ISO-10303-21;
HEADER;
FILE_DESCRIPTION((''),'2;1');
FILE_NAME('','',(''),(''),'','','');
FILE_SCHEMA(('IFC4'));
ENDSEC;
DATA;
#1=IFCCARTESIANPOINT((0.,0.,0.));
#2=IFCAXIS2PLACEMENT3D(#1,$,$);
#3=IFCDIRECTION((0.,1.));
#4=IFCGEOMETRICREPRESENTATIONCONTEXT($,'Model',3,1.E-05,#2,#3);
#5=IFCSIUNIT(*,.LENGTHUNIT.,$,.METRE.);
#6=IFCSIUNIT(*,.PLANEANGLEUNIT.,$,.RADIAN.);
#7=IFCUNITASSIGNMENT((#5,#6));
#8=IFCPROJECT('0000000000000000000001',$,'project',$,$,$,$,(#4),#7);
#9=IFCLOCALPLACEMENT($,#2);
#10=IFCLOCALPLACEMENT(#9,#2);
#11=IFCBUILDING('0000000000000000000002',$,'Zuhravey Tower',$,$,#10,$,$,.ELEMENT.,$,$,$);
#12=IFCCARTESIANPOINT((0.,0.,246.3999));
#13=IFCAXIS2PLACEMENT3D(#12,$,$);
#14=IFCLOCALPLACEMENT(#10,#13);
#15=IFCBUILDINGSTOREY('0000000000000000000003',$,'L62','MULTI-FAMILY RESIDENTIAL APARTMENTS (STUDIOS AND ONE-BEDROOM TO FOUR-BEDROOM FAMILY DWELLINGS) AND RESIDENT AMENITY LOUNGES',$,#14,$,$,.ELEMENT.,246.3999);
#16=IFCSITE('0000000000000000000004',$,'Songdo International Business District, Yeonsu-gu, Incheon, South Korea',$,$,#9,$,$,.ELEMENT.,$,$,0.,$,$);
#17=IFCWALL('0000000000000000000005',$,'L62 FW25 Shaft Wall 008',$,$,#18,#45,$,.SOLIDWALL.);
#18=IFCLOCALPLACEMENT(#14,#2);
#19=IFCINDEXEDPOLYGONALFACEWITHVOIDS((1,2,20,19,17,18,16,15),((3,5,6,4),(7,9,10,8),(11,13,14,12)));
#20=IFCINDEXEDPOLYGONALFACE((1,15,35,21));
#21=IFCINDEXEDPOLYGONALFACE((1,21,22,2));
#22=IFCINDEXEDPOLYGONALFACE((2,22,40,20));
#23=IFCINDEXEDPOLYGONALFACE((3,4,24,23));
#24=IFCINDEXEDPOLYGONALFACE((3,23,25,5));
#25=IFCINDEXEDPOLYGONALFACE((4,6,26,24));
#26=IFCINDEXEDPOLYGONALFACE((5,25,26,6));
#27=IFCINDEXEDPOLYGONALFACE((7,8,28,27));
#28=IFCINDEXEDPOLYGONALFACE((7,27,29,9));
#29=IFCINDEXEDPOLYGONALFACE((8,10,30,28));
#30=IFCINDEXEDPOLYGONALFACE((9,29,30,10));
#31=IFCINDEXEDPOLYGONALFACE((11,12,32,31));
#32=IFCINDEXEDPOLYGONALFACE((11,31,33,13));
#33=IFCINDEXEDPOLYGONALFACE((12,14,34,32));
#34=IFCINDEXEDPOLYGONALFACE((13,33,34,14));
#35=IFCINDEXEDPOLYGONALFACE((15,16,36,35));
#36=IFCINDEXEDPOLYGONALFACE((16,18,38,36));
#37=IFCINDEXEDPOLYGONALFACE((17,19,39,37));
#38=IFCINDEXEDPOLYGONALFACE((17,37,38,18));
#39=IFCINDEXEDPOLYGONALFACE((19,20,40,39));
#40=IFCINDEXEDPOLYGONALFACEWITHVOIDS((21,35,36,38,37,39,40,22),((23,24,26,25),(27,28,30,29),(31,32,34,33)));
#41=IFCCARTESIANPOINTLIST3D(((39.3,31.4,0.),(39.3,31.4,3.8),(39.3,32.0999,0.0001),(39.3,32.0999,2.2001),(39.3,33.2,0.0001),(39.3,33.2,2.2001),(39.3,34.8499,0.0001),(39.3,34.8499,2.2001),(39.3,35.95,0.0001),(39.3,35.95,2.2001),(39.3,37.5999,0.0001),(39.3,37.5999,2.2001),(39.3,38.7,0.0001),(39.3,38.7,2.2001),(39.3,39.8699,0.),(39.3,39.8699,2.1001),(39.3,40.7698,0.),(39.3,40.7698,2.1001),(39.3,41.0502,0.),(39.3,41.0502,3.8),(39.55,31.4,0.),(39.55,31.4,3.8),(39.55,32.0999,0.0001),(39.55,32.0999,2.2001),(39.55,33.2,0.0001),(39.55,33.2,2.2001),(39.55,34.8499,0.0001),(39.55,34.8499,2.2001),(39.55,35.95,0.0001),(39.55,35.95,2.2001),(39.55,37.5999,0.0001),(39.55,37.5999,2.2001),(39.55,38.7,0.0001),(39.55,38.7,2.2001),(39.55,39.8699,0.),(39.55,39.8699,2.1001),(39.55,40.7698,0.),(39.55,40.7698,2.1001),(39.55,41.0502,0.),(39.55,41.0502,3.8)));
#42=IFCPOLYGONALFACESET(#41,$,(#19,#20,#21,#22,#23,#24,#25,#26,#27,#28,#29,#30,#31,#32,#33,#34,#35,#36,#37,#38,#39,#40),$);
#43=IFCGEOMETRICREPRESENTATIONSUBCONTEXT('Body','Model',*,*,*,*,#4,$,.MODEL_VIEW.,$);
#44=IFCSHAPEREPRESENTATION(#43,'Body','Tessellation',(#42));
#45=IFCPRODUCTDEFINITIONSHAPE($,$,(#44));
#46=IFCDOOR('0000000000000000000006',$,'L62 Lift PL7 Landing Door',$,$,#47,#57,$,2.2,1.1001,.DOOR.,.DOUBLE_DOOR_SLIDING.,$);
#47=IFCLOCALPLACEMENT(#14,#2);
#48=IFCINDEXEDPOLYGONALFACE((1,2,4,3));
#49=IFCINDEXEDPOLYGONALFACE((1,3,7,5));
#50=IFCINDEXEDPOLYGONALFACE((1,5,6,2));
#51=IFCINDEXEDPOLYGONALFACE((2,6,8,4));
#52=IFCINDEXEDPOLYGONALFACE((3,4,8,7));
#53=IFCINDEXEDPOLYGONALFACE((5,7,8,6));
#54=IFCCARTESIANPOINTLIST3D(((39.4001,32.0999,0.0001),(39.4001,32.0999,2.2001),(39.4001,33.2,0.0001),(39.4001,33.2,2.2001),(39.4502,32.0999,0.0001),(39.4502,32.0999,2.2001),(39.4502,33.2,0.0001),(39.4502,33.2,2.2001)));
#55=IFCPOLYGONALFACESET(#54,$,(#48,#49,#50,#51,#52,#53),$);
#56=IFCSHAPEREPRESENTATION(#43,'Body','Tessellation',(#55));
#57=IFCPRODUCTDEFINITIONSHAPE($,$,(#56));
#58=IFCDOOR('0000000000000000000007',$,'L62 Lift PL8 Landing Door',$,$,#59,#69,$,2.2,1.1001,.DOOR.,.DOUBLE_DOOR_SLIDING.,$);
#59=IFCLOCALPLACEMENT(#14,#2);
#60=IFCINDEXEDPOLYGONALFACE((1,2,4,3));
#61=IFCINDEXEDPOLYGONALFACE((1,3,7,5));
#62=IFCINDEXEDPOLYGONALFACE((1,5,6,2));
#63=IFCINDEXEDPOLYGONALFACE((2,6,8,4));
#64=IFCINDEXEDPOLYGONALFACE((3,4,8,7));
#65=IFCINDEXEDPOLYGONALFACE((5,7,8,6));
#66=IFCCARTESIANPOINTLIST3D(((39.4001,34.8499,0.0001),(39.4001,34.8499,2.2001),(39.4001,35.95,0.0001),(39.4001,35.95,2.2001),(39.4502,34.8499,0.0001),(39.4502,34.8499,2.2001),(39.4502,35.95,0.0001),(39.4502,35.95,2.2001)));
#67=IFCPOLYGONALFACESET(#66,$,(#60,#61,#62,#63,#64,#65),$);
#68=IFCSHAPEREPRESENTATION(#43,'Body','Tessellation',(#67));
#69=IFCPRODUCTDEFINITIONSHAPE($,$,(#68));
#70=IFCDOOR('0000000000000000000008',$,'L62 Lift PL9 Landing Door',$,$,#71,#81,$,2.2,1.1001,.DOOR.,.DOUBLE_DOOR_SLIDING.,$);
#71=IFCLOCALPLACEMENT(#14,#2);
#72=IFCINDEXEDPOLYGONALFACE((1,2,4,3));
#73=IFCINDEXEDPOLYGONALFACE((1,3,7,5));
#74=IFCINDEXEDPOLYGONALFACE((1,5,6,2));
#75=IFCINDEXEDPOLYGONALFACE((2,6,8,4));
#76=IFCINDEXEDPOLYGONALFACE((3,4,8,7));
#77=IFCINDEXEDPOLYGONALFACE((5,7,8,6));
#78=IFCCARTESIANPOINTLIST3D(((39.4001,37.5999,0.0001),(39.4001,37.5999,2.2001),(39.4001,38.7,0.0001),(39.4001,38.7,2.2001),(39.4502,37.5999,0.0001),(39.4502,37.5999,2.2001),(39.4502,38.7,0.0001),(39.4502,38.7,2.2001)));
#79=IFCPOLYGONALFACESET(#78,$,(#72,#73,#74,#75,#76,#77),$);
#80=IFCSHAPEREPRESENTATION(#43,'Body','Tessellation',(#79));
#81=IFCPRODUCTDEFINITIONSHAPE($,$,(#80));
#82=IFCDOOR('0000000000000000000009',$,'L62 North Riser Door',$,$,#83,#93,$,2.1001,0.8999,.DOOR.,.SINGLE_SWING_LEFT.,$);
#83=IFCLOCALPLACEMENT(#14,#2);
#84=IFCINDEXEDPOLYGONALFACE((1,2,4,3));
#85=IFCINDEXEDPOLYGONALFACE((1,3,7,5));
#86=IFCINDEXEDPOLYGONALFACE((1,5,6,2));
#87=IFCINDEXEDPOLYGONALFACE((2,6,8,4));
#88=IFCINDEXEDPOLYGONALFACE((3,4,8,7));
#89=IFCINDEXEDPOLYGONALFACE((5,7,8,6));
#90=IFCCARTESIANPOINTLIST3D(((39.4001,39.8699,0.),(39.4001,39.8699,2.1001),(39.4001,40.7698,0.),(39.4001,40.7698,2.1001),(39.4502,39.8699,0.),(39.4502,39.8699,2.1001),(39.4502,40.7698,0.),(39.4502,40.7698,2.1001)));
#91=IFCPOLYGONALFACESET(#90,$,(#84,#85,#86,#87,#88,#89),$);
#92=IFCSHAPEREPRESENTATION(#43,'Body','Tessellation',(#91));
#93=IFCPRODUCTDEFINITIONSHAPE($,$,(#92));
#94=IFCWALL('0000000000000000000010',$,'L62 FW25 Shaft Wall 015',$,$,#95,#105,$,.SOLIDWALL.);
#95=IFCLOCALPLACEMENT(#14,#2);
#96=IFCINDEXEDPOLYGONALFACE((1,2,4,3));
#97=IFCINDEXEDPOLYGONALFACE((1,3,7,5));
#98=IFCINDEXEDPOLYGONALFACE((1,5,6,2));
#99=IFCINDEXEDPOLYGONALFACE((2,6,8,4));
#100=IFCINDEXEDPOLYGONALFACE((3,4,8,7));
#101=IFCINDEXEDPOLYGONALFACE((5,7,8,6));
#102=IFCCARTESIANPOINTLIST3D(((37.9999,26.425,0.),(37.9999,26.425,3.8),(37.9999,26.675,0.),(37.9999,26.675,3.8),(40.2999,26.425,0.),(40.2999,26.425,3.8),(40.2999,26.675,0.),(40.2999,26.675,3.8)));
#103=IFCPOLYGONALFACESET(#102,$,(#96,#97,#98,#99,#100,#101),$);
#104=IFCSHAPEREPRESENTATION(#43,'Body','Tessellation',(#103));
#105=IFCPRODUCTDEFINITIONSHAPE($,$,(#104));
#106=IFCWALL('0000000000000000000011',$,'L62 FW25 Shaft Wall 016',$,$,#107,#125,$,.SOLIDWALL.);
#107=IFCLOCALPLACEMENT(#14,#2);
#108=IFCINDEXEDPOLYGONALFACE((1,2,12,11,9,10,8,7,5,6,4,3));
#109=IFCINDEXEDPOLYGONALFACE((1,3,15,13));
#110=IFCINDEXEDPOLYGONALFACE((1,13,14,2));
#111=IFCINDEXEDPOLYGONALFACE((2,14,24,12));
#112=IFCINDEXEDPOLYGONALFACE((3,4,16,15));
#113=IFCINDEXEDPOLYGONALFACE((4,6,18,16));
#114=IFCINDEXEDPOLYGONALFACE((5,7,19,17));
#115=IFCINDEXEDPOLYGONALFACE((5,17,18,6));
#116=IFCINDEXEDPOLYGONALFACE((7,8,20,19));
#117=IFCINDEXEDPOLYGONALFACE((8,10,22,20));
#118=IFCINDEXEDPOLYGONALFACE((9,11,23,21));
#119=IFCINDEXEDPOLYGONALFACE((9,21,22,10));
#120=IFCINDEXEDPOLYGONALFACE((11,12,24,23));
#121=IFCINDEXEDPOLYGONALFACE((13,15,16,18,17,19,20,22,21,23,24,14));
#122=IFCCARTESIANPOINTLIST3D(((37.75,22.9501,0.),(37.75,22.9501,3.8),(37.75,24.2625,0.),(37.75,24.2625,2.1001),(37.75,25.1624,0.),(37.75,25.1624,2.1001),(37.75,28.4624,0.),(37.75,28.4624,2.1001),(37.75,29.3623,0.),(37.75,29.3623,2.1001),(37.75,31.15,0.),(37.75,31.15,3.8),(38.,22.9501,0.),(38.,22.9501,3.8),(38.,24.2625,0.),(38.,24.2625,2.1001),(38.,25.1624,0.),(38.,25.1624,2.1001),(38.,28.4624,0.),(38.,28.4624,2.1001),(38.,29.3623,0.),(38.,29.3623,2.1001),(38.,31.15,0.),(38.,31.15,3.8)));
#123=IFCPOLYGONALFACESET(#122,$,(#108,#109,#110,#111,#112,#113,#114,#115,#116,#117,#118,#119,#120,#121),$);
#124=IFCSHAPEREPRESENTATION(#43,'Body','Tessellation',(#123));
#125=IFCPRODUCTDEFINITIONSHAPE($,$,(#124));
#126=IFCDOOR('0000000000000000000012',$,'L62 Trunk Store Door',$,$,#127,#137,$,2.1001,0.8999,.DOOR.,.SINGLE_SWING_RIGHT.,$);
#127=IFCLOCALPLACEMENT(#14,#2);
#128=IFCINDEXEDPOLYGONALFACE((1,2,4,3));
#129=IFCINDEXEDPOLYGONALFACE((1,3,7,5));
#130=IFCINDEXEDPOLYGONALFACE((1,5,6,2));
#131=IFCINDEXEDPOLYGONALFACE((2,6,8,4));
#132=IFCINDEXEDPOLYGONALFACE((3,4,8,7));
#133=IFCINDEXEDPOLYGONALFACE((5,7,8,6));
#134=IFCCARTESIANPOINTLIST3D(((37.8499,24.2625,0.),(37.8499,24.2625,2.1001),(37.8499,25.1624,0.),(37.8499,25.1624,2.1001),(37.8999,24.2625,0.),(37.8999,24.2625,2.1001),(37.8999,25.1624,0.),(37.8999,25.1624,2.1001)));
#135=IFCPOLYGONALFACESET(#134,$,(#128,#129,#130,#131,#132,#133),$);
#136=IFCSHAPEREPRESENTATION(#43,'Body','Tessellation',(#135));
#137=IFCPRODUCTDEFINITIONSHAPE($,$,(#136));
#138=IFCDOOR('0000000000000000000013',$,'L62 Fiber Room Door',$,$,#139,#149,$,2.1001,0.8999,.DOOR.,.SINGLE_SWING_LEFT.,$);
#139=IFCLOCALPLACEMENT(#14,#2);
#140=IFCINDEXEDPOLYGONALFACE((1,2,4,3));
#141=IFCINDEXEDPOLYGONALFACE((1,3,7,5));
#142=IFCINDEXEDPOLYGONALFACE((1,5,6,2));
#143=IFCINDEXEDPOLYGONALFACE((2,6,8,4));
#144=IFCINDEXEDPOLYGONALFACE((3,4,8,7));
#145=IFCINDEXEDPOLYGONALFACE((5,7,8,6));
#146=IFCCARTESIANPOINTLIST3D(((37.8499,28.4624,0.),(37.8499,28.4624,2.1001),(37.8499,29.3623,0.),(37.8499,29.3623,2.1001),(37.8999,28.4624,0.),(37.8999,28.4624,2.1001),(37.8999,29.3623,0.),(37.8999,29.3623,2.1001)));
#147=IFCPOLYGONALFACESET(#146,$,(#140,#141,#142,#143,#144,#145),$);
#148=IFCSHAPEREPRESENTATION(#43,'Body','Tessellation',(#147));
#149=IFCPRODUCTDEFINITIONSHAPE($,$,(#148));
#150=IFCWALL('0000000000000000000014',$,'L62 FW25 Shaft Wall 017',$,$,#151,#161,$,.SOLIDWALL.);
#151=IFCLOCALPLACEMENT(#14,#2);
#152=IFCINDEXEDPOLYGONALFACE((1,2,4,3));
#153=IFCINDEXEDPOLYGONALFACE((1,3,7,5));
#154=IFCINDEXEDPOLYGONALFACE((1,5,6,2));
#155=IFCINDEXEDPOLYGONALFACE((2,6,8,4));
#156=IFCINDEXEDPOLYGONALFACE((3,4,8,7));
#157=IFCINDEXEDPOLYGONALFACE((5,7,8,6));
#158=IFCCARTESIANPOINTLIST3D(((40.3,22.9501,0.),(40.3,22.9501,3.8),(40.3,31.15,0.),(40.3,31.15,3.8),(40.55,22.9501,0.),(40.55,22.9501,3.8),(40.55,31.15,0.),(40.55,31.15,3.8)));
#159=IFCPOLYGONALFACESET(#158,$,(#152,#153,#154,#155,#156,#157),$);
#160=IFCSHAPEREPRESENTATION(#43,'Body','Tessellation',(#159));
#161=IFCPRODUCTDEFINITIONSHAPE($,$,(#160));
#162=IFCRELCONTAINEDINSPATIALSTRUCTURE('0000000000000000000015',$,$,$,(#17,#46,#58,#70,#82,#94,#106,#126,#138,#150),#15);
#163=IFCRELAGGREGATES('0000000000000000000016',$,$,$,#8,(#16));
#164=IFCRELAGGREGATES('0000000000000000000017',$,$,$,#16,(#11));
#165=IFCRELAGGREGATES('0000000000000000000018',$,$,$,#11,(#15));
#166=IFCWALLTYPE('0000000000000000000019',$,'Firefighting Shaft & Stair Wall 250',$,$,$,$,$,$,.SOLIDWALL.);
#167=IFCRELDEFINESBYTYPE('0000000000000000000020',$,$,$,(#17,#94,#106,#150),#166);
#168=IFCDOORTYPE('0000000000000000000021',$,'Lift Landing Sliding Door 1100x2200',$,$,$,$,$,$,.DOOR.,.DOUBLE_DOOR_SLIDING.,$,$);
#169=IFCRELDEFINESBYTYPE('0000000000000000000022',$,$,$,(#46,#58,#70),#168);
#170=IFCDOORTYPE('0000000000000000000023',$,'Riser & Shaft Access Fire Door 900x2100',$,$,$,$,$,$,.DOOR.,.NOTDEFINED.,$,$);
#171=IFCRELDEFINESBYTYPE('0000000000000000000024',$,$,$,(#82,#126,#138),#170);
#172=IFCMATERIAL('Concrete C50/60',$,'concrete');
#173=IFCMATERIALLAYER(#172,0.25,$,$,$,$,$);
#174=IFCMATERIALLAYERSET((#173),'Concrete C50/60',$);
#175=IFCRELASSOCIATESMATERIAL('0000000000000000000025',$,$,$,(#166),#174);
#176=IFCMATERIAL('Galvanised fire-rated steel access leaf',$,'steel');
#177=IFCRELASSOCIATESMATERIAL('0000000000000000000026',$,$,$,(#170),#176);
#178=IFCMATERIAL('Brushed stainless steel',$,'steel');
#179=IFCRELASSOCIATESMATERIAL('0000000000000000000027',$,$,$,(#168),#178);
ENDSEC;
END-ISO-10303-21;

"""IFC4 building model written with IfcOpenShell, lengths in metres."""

from ifc_helpers import new_model, si_unit, direction, frame, frame_2d, origin, place, context, subcontext, project, spatial, rectangle, extrude, material, layer, layer_set, type_object, element, fill, save


model = new_model("IFC4")

# Units and contexts
model_context = context("Model", 3, precision=1e-05, world=origin(), true_north=direction((0.0, 1.0)))
body_context = subcontext(model_context, "Body", "Model", "MODEL_VIEW")
ifc_project = project(units=[si_unit("LENGTHUNIT", "METRE"), si_unit("PLANEANGLEUNIT", "RADIAN")], contexts=[model_context])

# Site, building, storey
site_placement = place(None, origin())
site = spatial("IfcSite", under=ifc_project, at=site_placement, Name="Songdo International Business District, Yeonsu-gu, Incheon, South Korea", CompositionType="ELEMENT", RefElevation=0.0)
building_placement = place(site_placement, origin())
building = spatial("IfcBuilding", under=site, at=building_placement, Name="Zuhravey Tower", CompositionType="ELEMENT")
storey_placement = place(building_placement, frame((0.0, 0.0, 246.3999)))
storey = spatial("IfcBuildingStorey", under=building, at=storey_placement, Name="L62", Description="MULTI-FAMILY RESIDENTIAL APARTMENTS (STUDIOS AND ONE-BEDROOM TO FOUR-BEDROOM FAMILY DWELLINGS) AND RESIDENT AMENITY LOUNGES", CompositionType="ELEMENT", Elevation=246.3999)

# Shared definitions
ifc_material_1 = material(Name="Concrete C50/60", Category="concrete")

# Shared definitions
ifc_layer_1 = layer(ifc_material_1, 0.25)
ifc_layer_set_1 = layer_set([ifc_layer_1], Name="Concrete C50/60")
wall_type_1 = type_object("IfcWallType", Name="Firefighting Shaft & Stair Wall 250", PredefinedType="SOLIDWALL", material=ifc_layer_set_1)

# Wall, openings, doors
ifc_material_2 = material(Name="Galvanised fire-rated steel access leaf", Category="steel")
door_type_1 = type_object("IfcDoorType", Name="Riser & Shaft Access Fire Door 900x2100", OperationType="NOTDEFINED", PredefinedType="DOOR", material=ifc_material_2)
wall_1_placement = place(storey_placement, frame((39.425, 31.3999, 0.0), z_axis=(0.0, 0.0, 1.0), x_axis=(0.0, 1.0, 0.0)))
wall_1 = element("IfcWall", 1, at=wall_1_placement, inside=storey, type_object=wall_type_1, Name="L62 FW25 Shaft Wall 008", PredefinedType="SOLIDWALL", context=body_context, shape_type="SweptSolid", body=[
    extrude(rectangle(XDim=9.6501, YDim=0.25, at=frame_2d((4.8252, 0.0))), origin(), (0.0, 0.0, 1.0), 3.8),
])
opening_1_placement = place(wall_1_placement, frame((0.7, 0.0, 0.0)))
opening_1 = element("IfcOpeningElement", 2, at=opening_1_placement, cuts=wall_1, PredefinedType="OPENING", context=body_context, shape_type="SweptSolid", body=[
    extrude(rectangle(XDim=1.1001, YDim=2.2, at=frame_2d((0.55, 1.1001))), frame((0.0, 0.137, 0.0), z_axis=(0.0, -1.0, 0.0), x_axis=(1.0, 0.0, 0.0)), (0.0, 0.0, 1.0), 0.2739),
])
opening_2_placement = place(wall_1_placement, frame((3.45, 0.0, 0.0)))
opening_2 = element("IfcOpeningElement", 3, at=opening_2_placement, cuts=wall_1, PredefinedType="OPENING", context=body_context, shape_type="SweptSolid", body=[
    extrude(rectangle(XDim=1.1001, YDim=2.2, at=frame_2d((0.55, 1.1001))), frame((0.0, 0.137, 0.0), z_axis=(0.0, -1.0, 0.0), x_axis=(1.0, 0.0, 0.0)), (0.0, 0.0, 1.0), 0.2739),
])
opening_3_placement = place(wall_1_placement, frame((6.2, 0.0, 0.0)))
opening_3 = element("IfcOpeningElement", 4, at=opening_3_placement, cuts=wall_1, PredefinedType="OPENING", context=body_context, shape_type="SweptSolid", body=[
    extrude(rectangle(XDim=1.1001, YDim=2.2, at=frame_2d((0.55, 1.1001))), frame((0.0, 0.137, 0.0), z_axis=(0.0, -1.0, 0.0), x_axis=(1.0, 0.0, 0.0)), (0.0, 0.0, 1.0), 0.2739),
])
opening_4_placement = place(wall_1_placement, frame((8.47, 0.0, 0.0)))
opening_4 = element("IfcOpeningElement", 5, at=opening_4_placement, cuts=wall_1, PredefinedType="OPENING", context=body_context, shape_type="SweptSolid", body=[
    extrude(rectangle(XDim=0.8999, YDim=2.1001, at=frame_2d((0.45, 1.05))), frame((0.0, 0.137, 0.0), z_axis=(0.0, -1.0, 0.0), x_axis=(1.0, 0.0, 0.0)), (0.0, 0.0, 1.0), 0.2739),
])
ifc_material_3 = material(Name="Brushed stainless steel", Category="steel")
door_type_2 = type_object("IfcDoorType", Name="Lift Landing Sliding Door 1100x2200", OperationType="DOUBLE_DOOR_SLIDING", PredefinedType="DOOR", material=ifc_material_3)
door_1_placement = place(opening_1_placement, origin())
door_1 = element("IfcDoor", 6, at=door_1_placement, inside=storey, type_object=door_type_2, Name="L62 Lift PL7 Landing Door", OperationType="DOUBLE_DOOR_SLIDING", OverallHeight=2.2, OverallWidth=1.1001, PredefinedType="DOOR", context=body_context, shape_type="SweptSolid", body=[
    extrude(rectangle(XDim=1.1001, YDim=2.2, at=frame_2d((0.55, 1.1001))), frame((0.0, 0.0249, 0.0), z_axis=(0.0, -1.0, 0.0), x_axis=(1.0, 0.0, 0.0)), (0.0, 0.0, 1.0), 0.05),
])
fill(opening_1, door_1)
door_2_placement = place(opening_2_placement, origin())
door_2 = element("IfcDoor", 7, at=door_2_placement, inside=storey, type_object=door_type_2, Name="L62 Lift PL8 Landing Door", OperationType="DOUBLE_DOOR_SLIDING", OverallHeight=2.2, OverallWidth=1.1001, PredefinedType="DOOR", context=body_context, shape_type="SweptSolid", body=[
    extrude(rectangle(XDim=1.1001, YDim=2.2, at=frame_2d((0.55, 1.1001))), frame((0.0, 0.0249, 0.0), z_axis=(0.0, -1.0, 0.0), x_axis=(1.0, 0.0, 0.0)), (0.0, 0.0, 1.0), 0.05),
])
fill(opening_2, door_2)
door_3_placement = place(opening_3_placement, origin())
door_3 = element("IfcDoor", 8, at=door_3_placement, inside=storey, type_object=door_type_2, Name="L62 Lift PL9 Landing Door", OperationType="DOUBLE_DOOR_SLIDING", OverallHeight=2.2, OverallWidth=1.1001, PredefinedType="DOOR", context=body_context, shape_type="SweptSolid", body=[
    extrude(rectangle(XDim=1.1001, YDim=2.2, at=frame_2d((0.55, 1.1001))), frame((0.0, 0.0249, 0.0), z_axis=(0.0, -1.0, 0.0), x_axis=(1.0, 0.0, 0.0)), (0.0, 0.0, 1.0), 0.05),
])
fill(opening_3, door_3)
door_4_placement = place(opening_4_placement, origin())
door_4 = element("IfcDoor", 9, at=door_4_placement, inside=storey, type_object=door_type_1, Name="L62 North Riser Door", OperationType="SINGLE_SWING_LEFT", OverallHeight=2.1001, OverallWidth=0.8999, PredefinedType="DOOR", context=body_context, shape_type="SweptSolid", body=[
    extrude(rectangle(XDim=0.8999, YDim=2.1001, at=frame_2d((0.45, 1.05))), frame((0.0, 0.0249, 0.0), z_axis=(0.0, -1.0, 0.0), x_axis=(1.0, 0.0, 0.0)), (0.0, 0.0, 1.0), 0.05),
])
fill(opening_4, door_4)

# Wall
wall_2_placement = place(storey_placement, frame((38.0, 26.55, 0.0), z_axis=(0.0, 0.0, 1.0), x_axis=(1.0, 0.0, 0.0)))
element("IfcWall", 10, at=wall_2_placement, inside=storey, type_object=wall_type_1, Name="L62 FW25 Shaft Wall 015", PredefinedType="SOLIDWALL", context=body_context, shape_type="SweptSolid", body=[
    extrude(rectangle(XDim=2.3, YDim=0.25, at=frame_2d((1.1499, 0.0))), origin(), (0.0, 0.0, 1.0), 3.8),
])

# Wall, openings, doors
wall_3_placement = place(storey_placement, frame((37.875, 22.95, 0.0), z_axis=(0.0, 0.0, 1.0), x_axis=(0.0, 1.0, 0.0)))
wall_3 = element("IfcWall", 11, at=wall_3_placement, inside=storey, type_object=wall_type_1, Name="L62 FW25 Shaft Wall 016", PredefinedType="SOLIDWALL", context=body_context, shape_type="SweptSolid", body=[
    extrude(rectangle(XDim=8.2, YDim=0.25, at=frame_2d((4.1001, 0.0))), origin(), (0.0, 0.0, 1.0), 3.8),
])
opening_5_placement = place(wall_3_placement, frame((1.3125, 0.0, 0.0)))
opening_5 = element("IfcOpeningElement", 12, at=opening_5_placement, cuts=wall_3, PredefinedType="OPENING", context=body_context, shape_type="SweptSolid", body=[
    extrude(rectangle(XDim=0.8999, YDim=2.1001, at=frame_2d((0.45, 1.05))), frame((0.0, 0.137, 0.0), z_axis=(0.0, -1.0, 0.0), x_axis=(1.0, 0.0, 0.0)), (0.0, 0.0, 1.0), 0.2739),
])
opening_6_placement = place(wall_3_placement, frame((5.5125, 0.0, 0.0)))
opening_6 = element("IfcOpeningElement", 13, at=opening_6_placement, cuts=wall_3, PredefinedType="OPENING", context=body_context, shape_type="SweptSolid", body=[
    extrude(rectangle(XDim=0.8999, YDim=2.1001, at=frame_2d((0.45, 1.05))), frame((0.0, 0.137, 0.0), z_axis=(0.0, -1.0, 0.0), x_axis=(1.0, 0.0, 0.0)), (0.0, 0.0, 1.0), 0.2739),
])
door_5_placement = place(opening_5_placement, frame((0.8999, 0.0, 0.0), z_axis=(0.0, 0.0, 1.0), x_axis=(-1.0, 0.0, 0.0)))
door_5 = element("IfcDoor", 14, at=door_5_placement, inside=storey, type_object=door_type_1, Name="L62 Trunk Store Door", OperationType="SINGLE_SWING_RIGHT", OverallHeight=2.1001, OverallWidth=0.8999, PredefinedType="DOOR", context=body_context, shape_type="SweptSolid", body=[
    extrude(rectangle(XDim=0.8999, YDim=2.1001, at=frame_2d((0.45, 1.05))), frame((0.0, 0.0249, 0.0), z_axis=(0.0, -1.0, 0.0), x_axis=(1.0, 0.0, 0.0)), (0.0, 0.0, 1.0), 0.05),
])
fill(opening_5, door_5)
door_6_placement = place(opening_6_placement, frame((0.8999, 0.0, 0.0), z_axis=(0.0, 0.0, 1.0), x_axis=(-1.0, 0.0, 0.0)))
door_6 = element("IfcDoor", 15, at=door_6_placement, inside=storey, type_object=door_type_1, Name="L62 Fiber Room Door", OperationType="SINGLE_SWING_LEFT", OverallHeight=2.1001, OverallWidth=0.8999, PredefinedType="DOOR", context=body_context, shape_type="SweptSolid", body=[
    extrude(rectangle(XDim=0.8999, YDim=2.1001, at=frame_2d((0.45, 1.05))), frame((0.0, 0.0249, 0.0), z_axis=(0.0, -1.0, 0.0), x_axis=(1.0, 0.0, 0.0)), (0.0, 0.0, 1.0), 0.05),
])
fill(opening_6, door_6)

# Wall
wall_4_placement = place(storey_placement, frame((40.425, 22.95, 0.0), z_axis=(0.0, 0.0, 1.0), x_axis=(0.0, 1.0, 0.0)))
element("IfcWall", 16, at=wall_4_placement, inside=storey, type_object=wall_type_1, Name="L62 FW25 Shaft Wall 017", PredefinedType="SOLIDWALL", context=body_context, shape_type="SweptSolid", body=[
    extrude(rectangle(XDim=8.2, YDim=0.25, at=frame_2d((4.1001, 0.0))), origin(), (0.0, 0.0, 1.0), 3.8),
])

save(model, "model.ifc")
